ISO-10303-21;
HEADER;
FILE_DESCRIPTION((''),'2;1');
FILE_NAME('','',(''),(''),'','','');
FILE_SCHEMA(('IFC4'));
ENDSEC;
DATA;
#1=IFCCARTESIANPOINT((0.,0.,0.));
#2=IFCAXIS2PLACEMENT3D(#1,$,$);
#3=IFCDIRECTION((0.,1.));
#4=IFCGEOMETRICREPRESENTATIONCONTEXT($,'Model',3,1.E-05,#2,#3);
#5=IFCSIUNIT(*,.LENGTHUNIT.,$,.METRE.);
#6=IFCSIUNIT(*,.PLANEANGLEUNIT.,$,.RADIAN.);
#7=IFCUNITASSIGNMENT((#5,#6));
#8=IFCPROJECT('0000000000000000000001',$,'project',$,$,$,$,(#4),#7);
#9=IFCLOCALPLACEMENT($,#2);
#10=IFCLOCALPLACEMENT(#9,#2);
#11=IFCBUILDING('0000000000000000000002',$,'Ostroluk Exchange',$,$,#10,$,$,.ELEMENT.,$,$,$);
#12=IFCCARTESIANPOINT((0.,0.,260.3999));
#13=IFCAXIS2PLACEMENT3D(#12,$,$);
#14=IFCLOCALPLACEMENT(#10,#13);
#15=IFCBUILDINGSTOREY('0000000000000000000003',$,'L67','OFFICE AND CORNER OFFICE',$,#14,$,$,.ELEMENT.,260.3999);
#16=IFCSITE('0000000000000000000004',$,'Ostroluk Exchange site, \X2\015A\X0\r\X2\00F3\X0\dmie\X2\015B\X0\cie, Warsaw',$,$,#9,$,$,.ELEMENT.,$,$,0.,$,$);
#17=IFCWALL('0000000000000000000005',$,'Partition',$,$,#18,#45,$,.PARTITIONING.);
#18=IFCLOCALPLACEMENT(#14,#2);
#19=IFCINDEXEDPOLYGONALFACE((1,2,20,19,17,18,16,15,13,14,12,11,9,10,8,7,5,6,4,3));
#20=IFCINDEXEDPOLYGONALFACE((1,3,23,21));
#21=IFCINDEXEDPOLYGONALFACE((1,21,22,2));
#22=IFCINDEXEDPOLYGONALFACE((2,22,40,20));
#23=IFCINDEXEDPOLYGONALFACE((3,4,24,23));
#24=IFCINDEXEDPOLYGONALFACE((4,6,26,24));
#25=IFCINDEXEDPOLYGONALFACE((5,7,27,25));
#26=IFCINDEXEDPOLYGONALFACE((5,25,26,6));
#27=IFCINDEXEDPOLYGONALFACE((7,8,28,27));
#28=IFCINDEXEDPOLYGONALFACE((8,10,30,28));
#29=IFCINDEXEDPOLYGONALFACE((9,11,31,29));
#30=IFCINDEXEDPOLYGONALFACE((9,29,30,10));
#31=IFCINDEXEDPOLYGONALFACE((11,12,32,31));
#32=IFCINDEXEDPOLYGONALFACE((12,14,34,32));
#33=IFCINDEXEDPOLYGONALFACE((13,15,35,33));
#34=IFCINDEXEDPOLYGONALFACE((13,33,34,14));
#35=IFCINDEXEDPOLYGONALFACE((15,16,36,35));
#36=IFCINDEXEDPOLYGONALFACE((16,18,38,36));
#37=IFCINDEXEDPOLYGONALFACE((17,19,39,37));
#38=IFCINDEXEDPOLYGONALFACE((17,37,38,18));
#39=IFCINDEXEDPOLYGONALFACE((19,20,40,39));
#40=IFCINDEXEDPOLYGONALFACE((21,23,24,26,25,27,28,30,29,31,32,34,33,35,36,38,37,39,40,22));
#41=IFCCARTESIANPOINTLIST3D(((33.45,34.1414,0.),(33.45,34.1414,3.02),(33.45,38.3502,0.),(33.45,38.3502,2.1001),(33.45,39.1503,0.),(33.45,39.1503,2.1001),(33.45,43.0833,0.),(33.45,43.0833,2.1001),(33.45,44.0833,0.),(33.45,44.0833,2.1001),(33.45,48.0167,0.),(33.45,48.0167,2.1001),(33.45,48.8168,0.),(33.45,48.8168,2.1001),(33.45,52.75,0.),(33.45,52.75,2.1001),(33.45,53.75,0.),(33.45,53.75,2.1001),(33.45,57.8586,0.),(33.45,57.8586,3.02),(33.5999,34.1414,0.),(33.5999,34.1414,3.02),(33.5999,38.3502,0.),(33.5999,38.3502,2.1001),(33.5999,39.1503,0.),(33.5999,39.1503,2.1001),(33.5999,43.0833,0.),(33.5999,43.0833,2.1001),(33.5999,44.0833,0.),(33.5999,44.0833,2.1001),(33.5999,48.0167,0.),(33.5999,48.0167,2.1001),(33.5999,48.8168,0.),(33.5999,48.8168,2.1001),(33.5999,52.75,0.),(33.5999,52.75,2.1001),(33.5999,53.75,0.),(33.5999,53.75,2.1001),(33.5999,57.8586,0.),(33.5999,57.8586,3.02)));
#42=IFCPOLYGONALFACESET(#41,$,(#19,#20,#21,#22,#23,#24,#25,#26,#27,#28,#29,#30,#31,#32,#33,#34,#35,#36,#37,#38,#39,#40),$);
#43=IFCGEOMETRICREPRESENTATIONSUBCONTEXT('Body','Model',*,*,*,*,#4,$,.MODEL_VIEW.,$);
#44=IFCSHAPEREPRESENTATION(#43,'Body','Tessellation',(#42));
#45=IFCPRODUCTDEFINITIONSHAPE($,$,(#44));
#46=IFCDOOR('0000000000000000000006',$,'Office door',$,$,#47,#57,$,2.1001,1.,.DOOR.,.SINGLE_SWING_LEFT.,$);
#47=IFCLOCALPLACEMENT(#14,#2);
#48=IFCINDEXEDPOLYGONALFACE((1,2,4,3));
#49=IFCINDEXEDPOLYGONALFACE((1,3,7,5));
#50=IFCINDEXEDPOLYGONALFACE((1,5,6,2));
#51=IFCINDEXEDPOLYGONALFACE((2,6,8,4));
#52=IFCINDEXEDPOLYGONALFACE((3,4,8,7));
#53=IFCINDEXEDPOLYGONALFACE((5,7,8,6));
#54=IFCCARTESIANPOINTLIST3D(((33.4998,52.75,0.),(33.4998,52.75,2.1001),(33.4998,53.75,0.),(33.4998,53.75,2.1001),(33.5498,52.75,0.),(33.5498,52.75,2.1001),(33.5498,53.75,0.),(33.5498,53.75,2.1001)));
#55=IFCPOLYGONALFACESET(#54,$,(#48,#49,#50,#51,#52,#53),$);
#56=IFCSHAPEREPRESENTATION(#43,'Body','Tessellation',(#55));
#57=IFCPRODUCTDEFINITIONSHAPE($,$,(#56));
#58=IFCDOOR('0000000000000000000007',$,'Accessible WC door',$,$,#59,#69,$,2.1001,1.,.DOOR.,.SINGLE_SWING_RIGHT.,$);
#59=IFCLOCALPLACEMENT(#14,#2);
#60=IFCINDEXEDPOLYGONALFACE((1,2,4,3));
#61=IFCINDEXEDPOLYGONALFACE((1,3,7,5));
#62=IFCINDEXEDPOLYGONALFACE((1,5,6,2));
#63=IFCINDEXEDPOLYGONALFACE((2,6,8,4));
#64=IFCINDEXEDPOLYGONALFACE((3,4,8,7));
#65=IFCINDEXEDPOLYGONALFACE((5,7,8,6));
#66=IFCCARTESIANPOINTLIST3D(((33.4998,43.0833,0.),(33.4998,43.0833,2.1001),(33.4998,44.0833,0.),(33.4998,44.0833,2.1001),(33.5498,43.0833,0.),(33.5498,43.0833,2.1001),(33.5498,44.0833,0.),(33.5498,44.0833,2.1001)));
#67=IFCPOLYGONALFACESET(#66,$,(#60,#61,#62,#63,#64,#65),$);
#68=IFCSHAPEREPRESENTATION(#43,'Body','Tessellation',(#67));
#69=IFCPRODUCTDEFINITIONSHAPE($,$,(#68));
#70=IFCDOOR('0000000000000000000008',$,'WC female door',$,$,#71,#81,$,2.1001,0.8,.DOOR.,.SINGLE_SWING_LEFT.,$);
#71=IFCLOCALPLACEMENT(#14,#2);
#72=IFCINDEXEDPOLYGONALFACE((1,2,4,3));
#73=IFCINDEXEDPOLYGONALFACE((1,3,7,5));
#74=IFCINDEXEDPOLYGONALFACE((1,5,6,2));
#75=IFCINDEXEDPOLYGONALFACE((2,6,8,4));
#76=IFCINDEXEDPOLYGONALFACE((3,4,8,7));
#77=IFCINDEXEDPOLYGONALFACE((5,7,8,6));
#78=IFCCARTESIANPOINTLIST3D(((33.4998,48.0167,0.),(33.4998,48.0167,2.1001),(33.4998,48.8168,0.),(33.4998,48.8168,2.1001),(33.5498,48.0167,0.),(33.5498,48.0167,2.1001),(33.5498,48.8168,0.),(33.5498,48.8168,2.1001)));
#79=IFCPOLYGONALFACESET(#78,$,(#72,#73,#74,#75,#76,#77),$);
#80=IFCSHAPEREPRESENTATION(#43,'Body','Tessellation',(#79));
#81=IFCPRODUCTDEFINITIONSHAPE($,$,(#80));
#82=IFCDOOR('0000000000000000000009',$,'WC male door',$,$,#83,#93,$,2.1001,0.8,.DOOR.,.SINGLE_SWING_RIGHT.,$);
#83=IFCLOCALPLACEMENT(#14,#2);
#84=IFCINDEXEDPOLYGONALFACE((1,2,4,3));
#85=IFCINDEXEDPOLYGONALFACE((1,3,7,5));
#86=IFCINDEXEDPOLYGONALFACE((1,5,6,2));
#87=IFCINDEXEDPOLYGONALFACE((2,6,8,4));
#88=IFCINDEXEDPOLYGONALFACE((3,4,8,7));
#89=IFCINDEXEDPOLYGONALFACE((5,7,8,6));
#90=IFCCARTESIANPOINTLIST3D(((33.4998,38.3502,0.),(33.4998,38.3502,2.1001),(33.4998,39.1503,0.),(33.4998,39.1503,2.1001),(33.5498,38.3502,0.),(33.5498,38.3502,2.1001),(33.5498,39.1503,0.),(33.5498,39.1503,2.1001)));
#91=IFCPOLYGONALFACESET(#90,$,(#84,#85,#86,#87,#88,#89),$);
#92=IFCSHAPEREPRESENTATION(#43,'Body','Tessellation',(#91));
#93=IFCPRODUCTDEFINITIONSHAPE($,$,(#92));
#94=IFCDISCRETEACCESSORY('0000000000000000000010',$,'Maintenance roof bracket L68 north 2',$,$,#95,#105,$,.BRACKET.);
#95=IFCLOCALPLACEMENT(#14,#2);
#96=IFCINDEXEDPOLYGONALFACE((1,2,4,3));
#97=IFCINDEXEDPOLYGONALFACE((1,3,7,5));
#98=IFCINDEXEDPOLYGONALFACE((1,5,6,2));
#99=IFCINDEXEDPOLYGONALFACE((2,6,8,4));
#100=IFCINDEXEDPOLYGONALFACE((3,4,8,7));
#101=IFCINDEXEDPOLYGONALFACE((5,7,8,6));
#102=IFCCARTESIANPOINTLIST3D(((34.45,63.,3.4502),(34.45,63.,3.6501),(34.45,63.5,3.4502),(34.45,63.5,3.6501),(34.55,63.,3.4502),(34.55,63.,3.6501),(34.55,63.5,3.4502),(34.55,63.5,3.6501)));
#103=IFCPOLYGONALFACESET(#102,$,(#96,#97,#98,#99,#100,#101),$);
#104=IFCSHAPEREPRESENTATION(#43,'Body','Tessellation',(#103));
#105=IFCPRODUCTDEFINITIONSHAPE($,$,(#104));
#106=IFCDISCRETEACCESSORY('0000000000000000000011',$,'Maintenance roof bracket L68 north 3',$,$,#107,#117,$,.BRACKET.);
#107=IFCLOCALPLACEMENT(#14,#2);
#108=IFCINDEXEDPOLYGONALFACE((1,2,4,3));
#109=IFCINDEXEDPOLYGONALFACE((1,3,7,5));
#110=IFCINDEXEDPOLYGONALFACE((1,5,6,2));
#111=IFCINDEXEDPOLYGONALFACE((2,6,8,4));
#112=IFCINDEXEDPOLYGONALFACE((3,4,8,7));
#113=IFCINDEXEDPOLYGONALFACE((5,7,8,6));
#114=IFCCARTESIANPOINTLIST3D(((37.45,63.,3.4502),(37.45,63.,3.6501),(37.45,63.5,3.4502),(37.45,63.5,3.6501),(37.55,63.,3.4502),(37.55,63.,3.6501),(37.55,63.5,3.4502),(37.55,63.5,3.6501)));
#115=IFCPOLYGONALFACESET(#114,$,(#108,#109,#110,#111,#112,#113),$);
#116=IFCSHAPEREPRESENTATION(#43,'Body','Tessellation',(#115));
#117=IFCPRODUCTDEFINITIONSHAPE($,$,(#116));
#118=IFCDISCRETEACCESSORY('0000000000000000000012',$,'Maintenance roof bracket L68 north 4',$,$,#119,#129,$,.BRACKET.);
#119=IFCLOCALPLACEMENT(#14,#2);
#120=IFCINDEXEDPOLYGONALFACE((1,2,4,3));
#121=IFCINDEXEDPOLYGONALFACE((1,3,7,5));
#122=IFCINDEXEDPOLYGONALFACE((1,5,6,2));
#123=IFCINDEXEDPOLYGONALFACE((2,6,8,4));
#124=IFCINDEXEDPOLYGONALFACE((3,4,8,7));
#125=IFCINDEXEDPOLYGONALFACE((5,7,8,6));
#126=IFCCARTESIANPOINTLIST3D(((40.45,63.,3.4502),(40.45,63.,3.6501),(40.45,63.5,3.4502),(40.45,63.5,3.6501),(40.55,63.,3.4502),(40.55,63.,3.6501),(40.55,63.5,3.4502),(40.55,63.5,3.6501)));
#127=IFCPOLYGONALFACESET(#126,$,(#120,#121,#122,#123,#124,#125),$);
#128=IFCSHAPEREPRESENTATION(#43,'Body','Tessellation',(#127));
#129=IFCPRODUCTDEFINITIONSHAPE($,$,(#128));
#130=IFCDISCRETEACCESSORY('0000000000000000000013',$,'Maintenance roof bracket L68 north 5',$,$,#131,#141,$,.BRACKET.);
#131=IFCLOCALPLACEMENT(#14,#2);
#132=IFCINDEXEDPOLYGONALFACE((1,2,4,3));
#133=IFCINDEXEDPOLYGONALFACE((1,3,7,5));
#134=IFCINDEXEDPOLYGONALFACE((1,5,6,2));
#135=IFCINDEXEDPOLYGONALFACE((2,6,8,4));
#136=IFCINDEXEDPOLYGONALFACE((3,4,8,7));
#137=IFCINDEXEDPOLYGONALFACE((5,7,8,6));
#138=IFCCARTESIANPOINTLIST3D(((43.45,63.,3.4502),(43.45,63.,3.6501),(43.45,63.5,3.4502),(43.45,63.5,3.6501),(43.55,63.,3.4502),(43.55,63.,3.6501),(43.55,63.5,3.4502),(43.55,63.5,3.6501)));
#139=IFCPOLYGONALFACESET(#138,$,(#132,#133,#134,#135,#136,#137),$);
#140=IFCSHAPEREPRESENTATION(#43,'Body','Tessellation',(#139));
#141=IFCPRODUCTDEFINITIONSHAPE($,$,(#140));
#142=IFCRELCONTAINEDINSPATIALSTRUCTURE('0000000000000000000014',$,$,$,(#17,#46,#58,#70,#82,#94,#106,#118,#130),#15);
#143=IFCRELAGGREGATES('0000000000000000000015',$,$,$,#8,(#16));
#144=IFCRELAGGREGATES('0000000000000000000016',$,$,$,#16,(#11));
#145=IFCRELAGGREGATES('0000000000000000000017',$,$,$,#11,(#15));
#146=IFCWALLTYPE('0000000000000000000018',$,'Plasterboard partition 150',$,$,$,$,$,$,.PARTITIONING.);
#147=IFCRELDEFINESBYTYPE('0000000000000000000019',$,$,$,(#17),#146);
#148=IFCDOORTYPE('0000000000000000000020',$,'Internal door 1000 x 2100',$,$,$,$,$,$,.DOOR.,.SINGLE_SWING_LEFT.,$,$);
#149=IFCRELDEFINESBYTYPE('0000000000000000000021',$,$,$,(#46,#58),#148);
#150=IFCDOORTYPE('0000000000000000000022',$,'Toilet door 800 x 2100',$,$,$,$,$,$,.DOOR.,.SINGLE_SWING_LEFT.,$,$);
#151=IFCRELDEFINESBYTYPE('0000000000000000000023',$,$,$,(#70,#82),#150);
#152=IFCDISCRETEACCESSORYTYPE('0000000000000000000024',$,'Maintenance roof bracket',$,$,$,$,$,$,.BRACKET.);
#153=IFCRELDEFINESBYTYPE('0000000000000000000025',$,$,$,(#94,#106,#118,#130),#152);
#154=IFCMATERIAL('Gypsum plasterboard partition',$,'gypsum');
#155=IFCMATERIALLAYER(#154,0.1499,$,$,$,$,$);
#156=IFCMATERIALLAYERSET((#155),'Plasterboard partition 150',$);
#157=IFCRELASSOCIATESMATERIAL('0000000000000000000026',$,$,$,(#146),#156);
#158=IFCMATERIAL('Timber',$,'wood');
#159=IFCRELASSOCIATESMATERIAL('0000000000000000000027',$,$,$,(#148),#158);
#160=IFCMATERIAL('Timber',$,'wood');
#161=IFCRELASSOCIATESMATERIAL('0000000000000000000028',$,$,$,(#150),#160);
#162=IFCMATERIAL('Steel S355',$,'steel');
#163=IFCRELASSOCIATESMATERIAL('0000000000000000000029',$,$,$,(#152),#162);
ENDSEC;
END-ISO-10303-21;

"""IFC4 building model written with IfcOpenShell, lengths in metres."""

from ifc_helpers import new_model, si_unit, direction, frame, frame_2d, origin, origin_2d, place, context, subcontext, project, spatial, rectangle, extrude, material, layer, layer_set, type_object, element, fill, save


model = new_model("IFC4")

# Units and contexts
model_context = context("Model", 3, precision=1e-05, world=origin(), true_north=direction((0.0, 1.0)))
body_context = subcontext(model_context, "Body", "Model", "MODEL_VIEW")
ifc_project = project(units=[si_unit("LENGTHUNIT", "METRE"), si_unit("PLANEANGLEUNIT", "RADIAN")], contexts=[model_context])

# Site, building, storey
site_placement = place(None, origin())
site = spatial("IfcSite", under=ifc_project, at=site_placement, Name="Ostroluk Exchange site, Śródmieście, Warsaw", CompositionType="ELEMENT", RefElevation=0.0)
building_placement = place(site_placement, origin())
building = spatial("IfcBuilding", under=site, at=building_placement, Name="Ostroluk Exchange", CompositionType="ELEMENT")
storey_placement = place(building_placement, frame((0.0, 0.0, 260.3999)))
storey = spatial("IfcBuildingStorey", under=building, at=storey_placement, Name="L67", Description="OFFICE AND CORNER OFFICE", CompositionType="ELEMENT", Elevation=260.3999)

# Shared definitions
ifc_material_1 = material(Name="Gypsum plasterboard partition", Category="gypsum")
ifc_layer_1 = layer(ifc_material_1, 0.1499)
ifc_layer_set_1 = layer_set([ifc_layer_1], Name="Plasterboard partition 150")
wall_type = type_object("IfcWallType", Name="Plasterboard partition 150", PredefinedType="PARTITIONING", material=ifc_layer_set_1)

# Wall, openings, doors
wall_1_placement = place(storey_placement, frame((33.5249, 57.8586, 0.0), z_axis=(0.0, 0.0, 1.0), x_axis=(0.0, -1.0, 0.0)))
wall_1 = element("IfcWall", 1, at=wall_1_placement, inside=storey, type_object=wall_type, Name="Partition", PredefinedType="PARTITIONING", context=body_context, shape_type="SweptSolid", body=[
    extrude(rectangle(XDim=23.7173, YDim=0.1499, at=frame_2d((11.8586, 0.0))), origin(), (0.0, 0.0, 1.0), 3.02),
])
opening_1_placement = place(wall_1_placement, frame((4.1086, 0.0, 0.0)))
opening_1 = element("IfcOpeningElement", 2, at=opening_1_placement, cuts=wall_1, PredefinedType="OPENING", context=body_context, shape_type="SweptSolid", body=[
    extrude(rectangle(XDim=1.0, YDim=2.1001, at=frame_2d((0.5, 1.05))), frame((0.0, 0.085, 0.0), z_axis=(0.0, -1.0, 0.0), x_axis=(1.0, 0.0, 0.0)), (0.0, 0.0, 1.0), 0.1699),
])
opening_2_placement = place(wall_1_placement, frame((9.042, 0.0, 0.0)))
opening_2 = element("IfcOpeningElement", 3, at=opening_2_placement, cuts=wall_1, PredefinedType="OPENING", context=body_context, shape_type="SweptSolid", body=[
    extrude(rectangle(XDim=0.8, YDim=2.1001, at=frame_2d((0.3999, 1.05))), frame((0.0, 0.085, 0.0), z_axis=(0.0, -1.0, 0.0), x_axis=(1.0, 0.0, 0.0)), (0.0, 0.0, 1.0), 0.1699),
])
opening_3_placement = place(wall_1_placement, frame((13.7754, 0.0, 0.0)))
opening_3 = element("IfcOpeningElement", 4, at=opening_3_placement, cuts=wall_1, PredefinedType="OPENING", context=body_context, shape_type="SweptSolid", body=[
    extrude(rectangle(XDim=1.0, YDim=2.1001, at=frame_2d((0.5, 1.05))), frame((0.0, 0.085, 0.0), z_axis=(0.0, -1.0, 0.0), x_axis=(1.0, 0.0, 0.0)), (0.0, 0.0, 1.0), 0.1699),
])
opening_4_placement = place(wall_1_placement, frame((18.7085, 0.0, 0.0)))
opening_4 = element("IfcOpeningElement", 5, at=opening_4_placement, cuts=wall_1, PredefinedType="OPENING", context=body_context, shape_type="SweptSolid", body=[
    extrude(rectangle(XDim=0.8, YDim=2.1001, at=frame_2d((0.3999, 1.05))), frame((0.0, 0.085, 0.0), z_axis=(0.0, -1.0, 0.0), x_axis=(1.0, 0.0, 0.0)), (0.0, 0.0, 1.0), 0.1699),
])
ifc_material_2 = material(Name="Timber", Category="wood")
door_type_1 = type_object("IfcDoorType", Name="Internal door 1000 x 2100", OperationType="SINGLE_SWING_LEFT", PredefinedType="DOOR", material=ifc_material_2)
door_1_placement = place(opening_1_placement, origin())
door_1 = element("IfcDoor", 6, at=door_1_placement, inside=storey, type_object=door_type_1, Name="Office door", OperationType="SINGLE_SWING_LEFT", OverallHeight=2.1001, OverallWidth=1.0, PredefinedType="DOOR", context=body_context, shape_type="SweptSolid", body=[
    extrude(rectangle(XDim=1.0, YDim=2.1001, at=frame_2d((0.5, 1.05))), frame((0.0, 0.0249, 0.0), z_axis=(0.0, -1.0, 0.0), x_axis=(1.0, 0.0, 0.0)), (0.0, 0.0, 1.0), 0.05),
])
fill(opening_1, door_1)
door_2_placement = place(opening_3_placement, origin())
door_2 = element("IfcDoor", 7, at=door_2_placement, inside=storey, type_object=door_type_1, Name="Accessible WC door", OperationType="SINGLE_SWING_RIGHT", OverallHeight=2.1001, OverallWidth=1.0, PredefinedType="DOOR", context=body_context, shape_type="SweptSolid", body=[
    extrude(rectangle(XDim=1.0, YDim=2.1001, at=frame_2d((0.5, 1.05))), frame((0.0, 0.0249, 0.0), z_axis=(0.0, -1.0, 0.0), x_axis=(1.0, 0.0, 0.0)), (0.0, 0.0, 1.0), 0.05),
])
fill(opening_3, door_2)
ifc_material_3 = material(Name="Timber", Category="wood")
door_type_2 = type_object("IfcDoorType", Name="Toilet door 800 x 2100", OperationType="SINGLE_SWING_LEFT", PredefinedType="DOOR", material=ifc_material_3)
door_3_placement = place(opening_2_placement, origin())
door_3 = element("IfcDoor", 8, at=door_3_placement, inside=storey, type_object=door_type_2, Name="WC female door", OperationType="SINGLE_SWING_LEFT", OverallHeight=2.1001, OverallWidth=0.8, PredefinedType="DOOR", context=body_context, shape_type="SweptSolid", body=[
    extrude(rectangle(XDim=0.8, YDim=2.1001, at=frame_2d((0.3999, 1.05))), frame((0.0, 0.0249, 0.0), z_axis=(0.0, -1.0, 0.0), x_axis=(1.0, 0.0, 0.0)), (0.0, 0.0, 1.0), 0.05),
])
fill(opening_2, door_3)
door_4_placement = place(opening_4_placement, origin())
door_4 = element("IfcDoor", 9, at=door_4_placement, inside=storey, type_object=door_type_2, Name="WC male door", OperationType="SINGLE_SWING_RIGHT", OverallHeight=2.1001, OverallWidth=0.8, PredefinedType="DOOR", context=body_context, shape_type="SweptSolid", body=[
    extrude(rectangle(XDim=0.8, YDim=2.1001, at=frame_2d((0.3999, 1.05))), frame((0.0, 0.0249, 0.0), z_axis=(0.0, -1.0, 0.0), x_axis=(1.0, 0.0, 0.0)), (0.0, 0.0, 1.0), 0.05),
])
fill(opening_4, door_4)

# Discrete accessories
ifc_material_4 = material(Name="Steel S355", Category="steel")
discrete_accessory_type = type_object("IfcDiscreteAccessoryType", Name="Maintenance roof bracket", PredefinedType="BRACKET", material=ifc_material_4)
for number, where, z_axis, x_axis, name in (
    (10, (34.5, 63.25, 3.4502), (0.0, 0.0, 1.0), (1.0, 0.0, 0.0), "Maintenance roof bracket L68 north 2"),
    (11, (37.5, 63.25, 3.4502), (0.0, 0.0, 1.0), (1.0, 0.0, 0.0), "Maintenance roof bracket L68 north 3"),
    (12, (40.5, 63.25, 3.4502), (0.0, 0.0, 1.0), (1.0, 0.0, 0.0), "Maintenance roof bracket L68 north 4"),
    (13, (43.5, 63.25, 3.4502), (0.0, 0.0, 1.0), (1.0, 0.0, 0.0), "Maintenance roof bracket L68 north 5"),
):
    element("IfcDiscreteAccessory", number, at=place(storey_placement, frame(where, z_axis=z_axis, x_axis=x_axis)), inside=storey, type_object=discrete_accessory_type, Name=name, PredefinedType="BRACKET", context=body_context, shape_type="SweptSolid", body=[
        extrude(rectangle(XDim=0.1001, YDim=0.5, at=origin_2d()), origin(), (0.0, 0.0, 1.0), 0.2),
    ])

save(model, "model.ifc")
